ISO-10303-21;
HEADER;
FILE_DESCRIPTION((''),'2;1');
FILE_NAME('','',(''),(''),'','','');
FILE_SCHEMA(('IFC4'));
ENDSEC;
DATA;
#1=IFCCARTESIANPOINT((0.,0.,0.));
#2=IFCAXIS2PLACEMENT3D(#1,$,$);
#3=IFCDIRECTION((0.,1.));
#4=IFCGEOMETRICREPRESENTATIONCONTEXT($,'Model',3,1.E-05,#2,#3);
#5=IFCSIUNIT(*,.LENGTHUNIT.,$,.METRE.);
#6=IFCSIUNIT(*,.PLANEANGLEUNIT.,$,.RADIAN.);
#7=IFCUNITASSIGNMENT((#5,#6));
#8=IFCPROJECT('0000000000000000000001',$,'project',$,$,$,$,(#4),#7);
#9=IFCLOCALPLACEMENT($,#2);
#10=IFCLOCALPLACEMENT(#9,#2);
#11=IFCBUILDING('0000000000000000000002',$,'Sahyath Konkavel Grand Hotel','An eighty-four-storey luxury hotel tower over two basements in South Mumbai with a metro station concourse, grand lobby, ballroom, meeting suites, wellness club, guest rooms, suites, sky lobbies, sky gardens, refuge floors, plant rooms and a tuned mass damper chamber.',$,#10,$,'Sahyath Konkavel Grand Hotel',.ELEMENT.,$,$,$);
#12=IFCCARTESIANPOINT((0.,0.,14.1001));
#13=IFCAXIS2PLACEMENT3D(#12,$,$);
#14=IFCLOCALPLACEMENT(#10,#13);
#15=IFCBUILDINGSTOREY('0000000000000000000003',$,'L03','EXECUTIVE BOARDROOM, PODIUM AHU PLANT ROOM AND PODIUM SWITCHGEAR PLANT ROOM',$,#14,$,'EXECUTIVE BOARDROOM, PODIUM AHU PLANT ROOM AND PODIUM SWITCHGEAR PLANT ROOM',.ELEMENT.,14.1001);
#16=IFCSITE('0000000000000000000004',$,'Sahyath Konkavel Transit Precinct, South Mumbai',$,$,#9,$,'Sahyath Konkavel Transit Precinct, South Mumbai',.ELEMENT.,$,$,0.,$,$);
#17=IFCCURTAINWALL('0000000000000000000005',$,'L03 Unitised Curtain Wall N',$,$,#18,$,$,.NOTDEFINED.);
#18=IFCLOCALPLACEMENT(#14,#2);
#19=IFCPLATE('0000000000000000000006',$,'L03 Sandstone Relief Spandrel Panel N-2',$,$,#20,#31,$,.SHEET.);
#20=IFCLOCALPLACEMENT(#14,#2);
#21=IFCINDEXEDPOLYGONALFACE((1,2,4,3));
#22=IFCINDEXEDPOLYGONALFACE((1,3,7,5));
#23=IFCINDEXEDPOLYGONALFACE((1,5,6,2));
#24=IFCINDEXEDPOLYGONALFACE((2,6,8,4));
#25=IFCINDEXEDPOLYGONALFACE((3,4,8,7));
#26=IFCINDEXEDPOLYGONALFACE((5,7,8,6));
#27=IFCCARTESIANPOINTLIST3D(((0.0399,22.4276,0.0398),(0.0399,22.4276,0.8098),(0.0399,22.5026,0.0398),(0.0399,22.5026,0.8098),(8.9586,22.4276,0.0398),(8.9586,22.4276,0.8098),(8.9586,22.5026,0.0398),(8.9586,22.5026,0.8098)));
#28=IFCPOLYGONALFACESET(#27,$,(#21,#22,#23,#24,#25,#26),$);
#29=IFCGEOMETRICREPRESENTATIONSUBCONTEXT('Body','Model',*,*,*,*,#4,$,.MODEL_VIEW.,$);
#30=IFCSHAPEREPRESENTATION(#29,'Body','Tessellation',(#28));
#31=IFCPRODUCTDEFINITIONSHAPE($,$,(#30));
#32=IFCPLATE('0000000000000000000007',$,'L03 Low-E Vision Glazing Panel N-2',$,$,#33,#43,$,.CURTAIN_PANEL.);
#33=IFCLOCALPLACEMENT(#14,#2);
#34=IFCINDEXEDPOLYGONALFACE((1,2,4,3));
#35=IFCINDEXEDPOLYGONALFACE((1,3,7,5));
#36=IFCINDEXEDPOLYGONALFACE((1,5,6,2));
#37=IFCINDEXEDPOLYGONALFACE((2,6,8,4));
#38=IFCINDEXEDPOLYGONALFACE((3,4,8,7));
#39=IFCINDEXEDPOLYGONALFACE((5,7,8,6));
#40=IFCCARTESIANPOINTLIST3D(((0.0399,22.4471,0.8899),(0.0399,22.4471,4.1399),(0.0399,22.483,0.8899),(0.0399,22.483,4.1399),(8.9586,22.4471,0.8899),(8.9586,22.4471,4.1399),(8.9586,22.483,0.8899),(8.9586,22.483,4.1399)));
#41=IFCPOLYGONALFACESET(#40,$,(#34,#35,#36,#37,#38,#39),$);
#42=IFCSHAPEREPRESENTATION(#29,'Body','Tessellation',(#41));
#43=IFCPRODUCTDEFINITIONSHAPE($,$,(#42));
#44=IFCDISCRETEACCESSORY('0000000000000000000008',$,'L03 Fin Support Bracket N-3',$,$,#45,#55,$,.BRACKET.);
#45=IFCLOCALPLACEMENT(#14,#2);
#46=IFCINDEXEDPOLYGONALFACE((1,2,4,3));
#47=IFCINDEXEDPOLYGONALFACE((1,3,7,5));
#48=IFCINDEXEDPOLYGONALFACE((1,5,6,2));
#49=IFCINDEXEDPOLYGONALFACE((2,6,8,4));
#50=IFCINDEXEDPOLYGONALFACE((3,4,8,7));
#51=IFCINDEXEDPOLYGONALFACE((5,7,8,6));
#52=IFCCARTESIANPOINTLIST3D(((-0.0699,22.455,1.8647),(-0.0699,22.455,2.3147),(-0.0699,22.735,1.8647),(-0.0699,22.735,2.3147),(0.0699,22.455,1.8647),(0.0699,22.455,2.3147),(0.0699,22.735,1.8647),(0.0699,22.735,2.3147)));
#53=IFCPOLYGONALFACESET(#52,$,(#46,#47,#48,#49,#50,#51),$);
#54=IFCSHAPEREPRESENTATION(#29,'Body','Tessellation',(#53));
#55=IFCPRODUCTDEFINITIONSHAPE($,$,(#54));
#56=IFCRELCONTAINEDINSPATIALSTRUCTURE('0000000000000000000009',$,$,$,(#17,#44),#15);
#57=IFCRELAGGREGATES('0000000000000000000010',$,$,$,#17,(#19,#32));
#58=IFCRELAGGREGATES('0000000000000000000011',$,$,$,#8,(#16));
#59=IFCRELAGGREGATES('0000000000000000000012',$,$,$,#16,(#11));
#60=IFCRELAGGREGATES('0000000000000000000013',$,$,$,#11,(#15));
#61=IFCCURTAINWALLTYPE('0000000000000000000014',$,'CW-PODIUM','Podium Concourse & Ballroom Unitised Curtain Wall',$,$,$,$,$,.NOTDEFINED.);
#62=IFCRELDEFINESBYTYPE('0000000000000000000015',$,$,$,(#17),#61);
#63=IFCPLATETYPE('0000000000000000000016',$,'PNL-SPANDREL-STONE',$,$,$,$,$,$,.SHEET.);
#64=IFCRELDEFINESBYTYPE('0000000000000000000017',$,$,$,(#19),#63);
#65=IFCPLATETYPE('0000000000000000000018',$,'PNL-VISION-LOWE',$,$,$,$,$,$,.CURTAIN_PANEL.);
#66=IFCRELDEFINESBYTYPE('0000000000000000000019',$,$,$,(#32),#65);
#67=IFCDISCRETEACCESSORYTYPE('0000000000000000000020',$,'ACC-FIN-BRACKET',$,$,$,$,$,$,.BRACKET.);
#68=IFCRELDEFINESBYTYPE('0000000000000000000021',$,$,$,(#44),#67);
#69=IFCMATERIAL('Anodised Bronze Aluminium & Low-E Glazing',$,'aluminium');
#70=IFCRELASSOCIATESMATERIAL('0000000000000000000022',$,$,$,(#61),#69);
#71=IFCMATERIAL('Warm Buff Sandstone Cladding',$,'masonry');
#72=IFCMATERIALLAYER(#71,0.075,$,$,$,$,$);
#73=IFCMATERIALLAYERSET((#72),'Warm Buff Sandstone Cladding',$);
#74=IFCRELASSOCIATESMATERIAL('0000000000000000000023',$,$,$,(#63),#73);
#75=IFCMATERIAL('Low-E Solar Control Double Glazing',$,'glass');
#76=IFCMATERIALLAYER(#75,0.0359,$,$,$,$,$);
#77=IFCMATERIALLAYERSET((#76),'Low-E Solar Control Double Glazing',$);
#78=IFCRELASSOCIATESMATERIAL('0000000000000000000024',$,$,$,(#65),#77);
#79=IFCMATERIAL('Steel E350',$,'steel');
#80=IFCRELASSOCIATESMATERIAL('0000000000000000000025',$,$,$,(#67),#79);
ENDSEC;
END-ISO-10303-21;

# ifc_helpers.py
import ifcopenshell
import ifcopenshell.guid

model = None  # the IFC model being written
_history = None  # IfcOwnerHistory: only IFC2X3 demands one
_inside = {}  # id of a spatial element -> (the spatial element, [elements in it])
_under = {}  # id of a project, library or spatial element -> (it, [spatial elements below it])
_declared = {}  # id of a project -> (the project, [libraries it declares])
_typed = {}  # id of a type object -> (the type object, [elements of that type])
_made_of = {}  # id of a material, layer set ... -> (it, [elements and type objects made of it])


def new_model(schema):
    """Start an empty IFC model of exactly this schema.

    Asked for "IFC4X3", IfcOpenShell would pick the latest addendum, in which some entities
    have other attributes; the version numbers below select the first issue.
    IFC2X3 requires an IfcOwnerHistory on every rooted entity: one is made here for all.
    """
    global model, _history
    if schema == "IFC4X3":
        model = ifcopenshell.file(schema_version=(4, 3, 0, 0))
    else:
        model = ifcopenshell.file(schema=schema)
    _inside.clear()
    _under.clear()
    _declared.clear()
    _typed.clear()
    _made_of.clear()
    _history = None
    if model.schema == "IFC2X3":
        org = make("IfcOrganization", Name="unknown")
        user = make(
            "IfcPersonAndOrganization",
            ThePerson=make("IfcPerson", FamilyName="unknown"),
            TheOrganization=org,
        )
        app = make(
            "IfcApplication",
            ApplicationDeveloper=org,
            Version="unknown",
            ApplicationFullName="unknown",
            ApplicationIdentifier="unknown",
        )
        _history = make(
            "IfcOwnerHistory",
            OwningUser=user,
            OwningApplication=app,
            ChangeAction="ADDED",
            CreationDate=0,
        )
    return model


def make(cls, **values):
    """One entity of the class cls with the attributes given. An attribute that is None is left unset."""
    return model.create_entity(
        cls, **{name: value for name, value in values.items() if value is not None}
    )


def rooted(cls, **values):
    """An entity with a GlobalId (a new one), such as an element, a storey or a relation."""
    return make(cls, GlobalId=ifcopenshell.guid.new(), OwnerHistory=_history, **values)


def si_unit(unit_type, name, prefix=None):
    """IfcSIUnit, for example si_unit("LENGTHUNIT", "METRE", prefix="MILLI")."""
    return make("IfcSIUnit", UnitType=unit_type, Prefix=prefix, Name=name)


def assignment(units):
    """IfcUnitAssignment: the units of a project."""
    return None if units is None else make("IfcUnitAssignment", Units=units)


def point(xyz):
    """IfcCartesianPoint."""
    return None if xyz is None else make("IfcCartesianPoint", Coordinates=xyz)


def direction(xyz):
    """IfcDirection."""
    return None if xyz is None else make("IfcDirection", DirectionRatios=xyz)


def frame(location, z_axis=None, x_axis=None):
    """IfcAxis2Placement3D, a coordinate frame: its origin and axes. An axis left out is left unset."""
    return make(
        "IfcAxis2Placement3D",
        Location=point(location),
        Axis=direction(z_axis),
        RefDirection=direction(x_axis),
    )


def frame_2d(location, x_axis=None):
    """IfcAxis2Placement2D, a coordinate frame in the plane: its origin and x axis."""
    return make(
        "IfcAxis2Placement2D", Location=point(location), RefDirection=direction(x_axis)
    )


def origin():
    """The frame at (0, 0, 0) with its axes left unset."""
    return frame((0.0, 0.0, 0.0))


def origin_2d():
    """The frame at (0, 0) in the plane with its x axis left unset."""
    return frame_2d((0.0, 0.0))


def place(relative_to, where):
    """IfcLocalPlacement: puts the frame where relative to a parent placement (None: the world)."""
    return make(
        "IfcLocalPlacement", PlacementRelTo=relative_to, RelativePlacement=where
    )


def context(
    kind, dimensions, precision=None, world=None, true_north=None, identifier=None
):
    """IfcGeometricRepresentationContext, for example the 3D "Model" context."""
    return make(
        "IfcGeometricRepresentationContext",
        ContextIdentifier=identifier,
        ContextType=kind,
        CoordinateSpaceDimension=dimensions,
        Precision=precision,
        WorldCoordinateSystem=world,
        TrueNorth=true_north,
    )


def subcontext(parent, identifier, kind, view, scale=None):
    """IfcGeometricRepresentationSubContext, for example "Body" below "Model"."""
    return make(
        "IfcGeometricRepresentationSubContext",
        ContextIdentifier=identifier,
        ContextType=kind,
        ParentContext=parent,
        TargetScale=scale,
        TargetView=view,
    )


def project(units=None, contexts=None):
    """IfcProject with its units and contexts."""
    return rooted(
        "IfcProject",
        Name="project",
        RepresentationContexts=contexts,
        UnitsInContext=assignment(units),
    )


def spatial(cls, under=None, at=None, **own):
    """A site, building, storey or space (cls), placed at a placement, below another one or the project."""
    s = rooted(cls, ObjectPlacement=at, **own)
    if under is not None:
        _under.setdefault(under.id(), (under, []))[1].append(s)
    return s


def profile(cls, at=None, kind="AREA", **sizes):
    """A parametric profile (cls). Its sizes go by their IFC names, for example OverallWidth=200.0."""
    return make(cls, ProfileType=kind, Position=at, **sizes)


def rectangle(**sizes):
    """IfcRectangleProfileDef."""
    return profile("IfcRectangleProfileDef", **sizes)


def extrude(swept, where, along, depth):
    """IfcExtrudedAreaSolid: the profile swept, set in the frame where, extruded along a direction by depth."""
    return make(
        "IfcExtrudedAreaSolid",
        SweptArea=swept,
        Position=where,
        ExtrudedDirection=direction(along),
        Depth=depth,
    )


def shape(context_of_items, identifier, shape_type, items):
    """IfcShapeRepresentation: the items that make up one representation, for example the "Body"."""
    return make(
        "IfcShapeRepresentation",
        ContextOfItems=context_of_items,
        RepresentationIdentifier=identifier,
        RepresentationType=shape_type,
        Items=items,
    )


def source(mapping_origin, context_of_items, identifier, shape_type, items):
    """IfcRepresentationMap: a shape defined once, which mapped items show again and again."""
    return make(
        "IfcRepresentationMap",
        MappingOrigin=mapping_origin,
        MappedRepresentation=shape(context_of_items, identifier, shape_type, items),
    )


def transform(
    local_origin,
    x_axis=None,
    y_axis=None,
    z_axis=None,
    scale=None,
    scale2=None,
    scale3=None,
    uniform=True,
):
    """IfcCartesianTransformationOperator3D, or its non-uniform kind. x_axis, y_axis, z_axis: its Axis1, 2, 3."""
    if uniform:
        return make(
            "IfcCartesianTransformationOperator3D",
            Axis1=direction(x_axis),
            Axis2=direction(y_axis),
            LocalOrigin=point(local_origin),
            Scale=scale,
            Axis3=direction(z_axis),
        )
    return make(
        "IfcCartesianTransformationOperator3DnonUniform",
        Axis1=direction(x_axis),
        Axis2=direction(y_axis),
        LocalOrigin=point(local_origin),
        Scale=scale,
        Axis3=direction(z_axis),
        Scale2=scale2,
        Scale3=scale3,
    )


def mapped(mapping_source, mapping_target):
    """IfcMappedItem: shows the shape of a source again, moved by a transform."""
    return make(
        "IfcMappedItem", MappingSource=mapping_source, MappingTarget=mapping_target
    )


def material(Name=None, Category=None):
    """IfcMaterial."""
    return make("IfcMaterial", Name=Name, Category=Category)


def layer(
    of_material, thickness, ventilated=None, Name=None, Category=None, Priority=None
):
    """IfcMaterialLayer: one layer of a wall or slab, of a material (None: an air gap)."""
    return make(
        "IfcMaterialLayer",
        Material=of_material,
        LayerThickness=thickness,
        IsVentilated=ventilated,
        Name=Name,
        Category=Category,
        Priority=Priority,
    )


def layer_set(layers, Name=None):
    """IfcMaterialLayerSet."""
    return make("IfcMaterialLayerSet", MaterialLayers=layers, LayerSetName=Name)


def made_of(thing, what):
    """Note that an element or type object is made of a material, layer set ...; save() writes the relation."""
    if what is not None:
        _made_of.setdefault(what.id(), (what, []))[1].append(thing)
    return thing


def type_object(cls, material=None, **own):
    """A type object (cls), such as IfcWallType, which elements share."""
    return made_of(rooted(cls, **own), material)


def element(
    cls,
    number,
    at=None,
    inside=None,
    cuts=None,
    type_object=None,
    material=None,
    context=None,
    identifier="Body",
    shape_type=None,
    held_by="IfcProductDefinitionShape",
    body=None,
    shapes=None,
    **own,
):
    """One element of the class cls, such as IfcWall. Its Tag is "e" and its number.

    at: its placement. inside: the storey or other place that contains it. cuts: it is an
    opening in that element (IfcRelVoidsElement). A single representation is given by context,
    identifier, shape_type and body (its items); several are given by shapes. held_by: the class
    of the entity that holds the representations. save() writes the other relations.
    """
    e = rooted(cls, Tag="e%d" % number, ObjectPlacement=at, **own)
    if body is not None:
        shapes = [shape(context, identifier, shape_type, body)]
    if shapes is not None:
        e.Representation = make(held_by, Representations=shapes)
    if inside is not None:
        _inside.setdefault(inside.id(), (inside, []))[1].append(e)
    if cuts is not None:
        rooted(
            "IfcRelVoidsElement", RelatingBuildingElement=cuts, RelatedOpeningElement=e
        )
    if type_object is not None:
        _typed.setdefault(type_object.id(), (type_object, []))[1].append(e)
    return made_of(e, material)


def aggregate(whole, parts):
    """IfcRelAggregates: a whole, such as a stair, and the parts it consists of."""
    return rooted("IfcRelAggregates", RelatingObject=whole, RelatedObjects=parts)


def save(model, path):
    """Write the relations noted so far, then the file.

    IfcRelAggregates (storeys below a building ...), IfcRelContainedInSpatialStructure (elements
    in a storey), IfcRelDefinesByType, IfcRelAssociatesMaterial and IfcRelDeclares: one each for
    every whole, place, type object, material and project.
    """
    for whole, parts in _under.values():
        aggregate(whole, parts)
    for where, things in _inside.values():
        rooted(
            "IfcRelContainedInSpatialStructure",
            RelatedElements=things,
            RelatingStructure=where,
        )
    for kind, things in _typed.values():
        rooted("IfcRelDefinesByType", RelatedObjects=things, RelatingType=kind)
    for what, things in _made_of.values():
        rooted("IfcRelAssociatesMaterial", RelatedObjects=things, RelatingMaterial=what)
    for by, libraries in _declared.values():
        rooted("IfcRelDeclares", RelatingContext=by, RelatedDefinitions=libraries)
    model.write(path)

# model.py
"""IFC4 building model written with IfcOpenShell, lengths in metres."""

from ifc_helpers import new_model, si_unit, direction, frame, origin, origin_2d, place, context, subcontext, project, spatial, rectangle, extrude, source, transform, mapped, material, layer, layer_set, type_object, element, aggregate, save


model = new_model("IFC4")

# Units and contexts
model_context = context("Model", 3, precision=1e-05, world=origin(), true_north=direction((0.0, 1.0)))
body_context = subcontext(model_context, "Body", "Model", "MODEL_VIEW")
ifc_project = project(units=[si_unit("LENGTHUNIT", "METRE"), si_unit("PLANEANGLEUNIT", "RADIAN")], contexts=[model_context])

# Site, building, storey
site_placement = place(None, origin())
site = spatial("IfcSite", under=ifc_project, at=site_placement, Name="Sahyath Konkavel Transit Precinct, South Mumbai", LongName="Sahyath Konkavel Transit Precinct, South Mumbai", CompositionType="ELEMENT", RefElevation=0.0)
building_placement = place(site_placement, origin())
building = spatial("IfcBuilding", under=site, at=building_placement, Name="Sahyath Konkavel Grand Hotel", Description="An eighty-four-storey luxury hotel tower over two basements in South Mumbai with a metro station concourse, grand lobby, ballroom, meeting suites, wellness club, guest rooms, suites, sky lobbies, sky gardens, refuge floors, plant rooms and a tuned mass damper chamber.", LongName="Sahyath Konkavel Grand Hotel", CompositionType="ELEMENT")
storey_placement = place(building_placement, frame((0.0, 0.0, 14.1001)))
storey = spatial("IfcBuildingStorey", under=building, at=storey_placement, Name="L03", Description="EXECUTIVE BOARDROOM, PODIUM AHU PLANT ROOM AND PODIUM SWITCHGEAR PLANT ROOM", LongName="EXECUTIVE BOARDROOM, PODIUM AHU PLANT ROOM AND PODIUM SWITCHGEAR PLANT ROOM", CompositionType="ELEMENT", Elevation=14.1001)

# Shared definitions
ifc_material_1 = material(Name="Steel E350", Category="steel")

# Curtain wall
ifc_material_2 = material(Name="Anodised Bronze Aluminium & Low-E Glazing", Category="aluminium")
curtain_wall_type = type_object("IfcCurtainWallType", Name="CW-PODIUM", Description="Podium Concourse & Ballroom Unitised Curtain Wall", PredefinedType="NOTDEFINED", material=ifc_material_2)
curtain_wall_placement = place(storey_placement, origin())
curtain_wall = element("IfcCurtainWall", 1, at=curtain_wall_placement, inside=storey, type_object=curtain_wall_type, Name="L03 Unitised Curtain Wall N", PredefinedType="NOTDEFINED")

# Plates
ifc_material_3 = material(Name="Warm Buff Sandstone Cladding", Category="masonry")
ifc_layer_1 = layer(ifc_material_3, 0.075)
ifc_layer_set_1 = layer_set([ifc_layer_1], Name="Warm Buff Sandstone Cladding")
plate_type_1 = type_object("IfcPlateType", Name="PNL-SPANDREL-STONE", PredefinedType="SHEET", material=ifc_layer_set_1)
shared_shape_1 = source(origin(), body_context, "Body", "SweptSolid", [
    extrude(rectangle(XDim=8.9187, YDim=0.075, at=origin_2d()), origin(), (0.0, 0.0, 1.0), 0.77),
])
plate_1_placement = place(storey_placement, frame((4.4993, 22.4651, 0.0398), z_axis=(0.0, 0.0, 1.0), x_axis=(-1.0, 0.0, 0.0)))
plate_1 = element("IfcPlate", 2, at=plate_1_placement, type_object=plate_type_1, Name="L03 Sandstone Relief Spandrel Panel N-2", PredefinedType="SHEET", context=body_context, shape_type="MappedRepresentation", body=[
    mapped(shared_shape_1, transform((0.0, 0.0, 0.0), scale=1.0)),
])
ifc_material_4 = material(Name="Low-E Solar Control Double Glazing", Category="glass")
ifc_layer_2 = layer(ifc_material_4, 0.0359)
ifc_layer_set_2 = layer_set([ifc_layer_2], Name="Low-E Solar Control Double Glazing")
plate_type_2 = type_object("IfcPlateType", Name="PNL-VISION-LOWE", PredefinedType="CURTAIN_PANEL", material=ifc_layer_set_2)
shared_shape_2 = source(origin(), body_context, "Body", "SweptSolid", [
    extrude(rectangle(XDim=8.9187, YDim=0.0359, at=origin_2d()), origin(), (0.0, 0.0, 1.0), 3.25),
])
plate_2_placement = place(storey_placement, frame((4.4993, 22.4651, 0.8899), z_axis=(0.0, 0.0, 1.0), x_axis=(-1.0, 0.0, 0.0)))
plate_2 = element("IfcPlate", 3, at=plate_2_placement, type_object=plate_type_2, Name="L03 Low-E Vision Glazing Panel N-2", PredefinedType="CURTAIN_PANEL", context=body_context, shape_type="MappedRepresentation", body=[
    mapped(shared_shape_2, transform((0.0, 0.0, 0.0), scale=1.0)),
])
aggregate(curtain_wall, [plate_1, plate_2])

# Discrete accessory
discrete_accessory_type = type_object("IfcDiscreteAccessoryType", Name="ACC-FIN-BRACKET", PredefinedType="BRACKET", material=ifc_material_1)
shared_shape_3 = source(origin(), body_context, "Body", "SweptSolid", [
    extrude(rectangle(XDim=0.28, YDim=0.1399, at=origin_2d()), origin(), (0.0, 0.0, 1.0), 0.45),
])
discrete_accessory_placement = place(storey_placement, frame((0.0, 22.595, 1.8647), z_axis=(0.0, 0.0, 1.0), x_axis=(0.0, 1.0, 0.0)))
element("IfcDiscreteAccessory", 4, at=discrete_accessory_placement, inside=storey, type_object=discrete_accessory_type, Name="L03 Fin Support Bracket N-3", PredefinedType="BRACKET", context=body_context, shape_type="MappedRepresentation", body=[
    mapped(shared_shape_3, transform((0.0, 0.0, 0.0), scale=1.0)),
])

save(model, "model.ifc")
